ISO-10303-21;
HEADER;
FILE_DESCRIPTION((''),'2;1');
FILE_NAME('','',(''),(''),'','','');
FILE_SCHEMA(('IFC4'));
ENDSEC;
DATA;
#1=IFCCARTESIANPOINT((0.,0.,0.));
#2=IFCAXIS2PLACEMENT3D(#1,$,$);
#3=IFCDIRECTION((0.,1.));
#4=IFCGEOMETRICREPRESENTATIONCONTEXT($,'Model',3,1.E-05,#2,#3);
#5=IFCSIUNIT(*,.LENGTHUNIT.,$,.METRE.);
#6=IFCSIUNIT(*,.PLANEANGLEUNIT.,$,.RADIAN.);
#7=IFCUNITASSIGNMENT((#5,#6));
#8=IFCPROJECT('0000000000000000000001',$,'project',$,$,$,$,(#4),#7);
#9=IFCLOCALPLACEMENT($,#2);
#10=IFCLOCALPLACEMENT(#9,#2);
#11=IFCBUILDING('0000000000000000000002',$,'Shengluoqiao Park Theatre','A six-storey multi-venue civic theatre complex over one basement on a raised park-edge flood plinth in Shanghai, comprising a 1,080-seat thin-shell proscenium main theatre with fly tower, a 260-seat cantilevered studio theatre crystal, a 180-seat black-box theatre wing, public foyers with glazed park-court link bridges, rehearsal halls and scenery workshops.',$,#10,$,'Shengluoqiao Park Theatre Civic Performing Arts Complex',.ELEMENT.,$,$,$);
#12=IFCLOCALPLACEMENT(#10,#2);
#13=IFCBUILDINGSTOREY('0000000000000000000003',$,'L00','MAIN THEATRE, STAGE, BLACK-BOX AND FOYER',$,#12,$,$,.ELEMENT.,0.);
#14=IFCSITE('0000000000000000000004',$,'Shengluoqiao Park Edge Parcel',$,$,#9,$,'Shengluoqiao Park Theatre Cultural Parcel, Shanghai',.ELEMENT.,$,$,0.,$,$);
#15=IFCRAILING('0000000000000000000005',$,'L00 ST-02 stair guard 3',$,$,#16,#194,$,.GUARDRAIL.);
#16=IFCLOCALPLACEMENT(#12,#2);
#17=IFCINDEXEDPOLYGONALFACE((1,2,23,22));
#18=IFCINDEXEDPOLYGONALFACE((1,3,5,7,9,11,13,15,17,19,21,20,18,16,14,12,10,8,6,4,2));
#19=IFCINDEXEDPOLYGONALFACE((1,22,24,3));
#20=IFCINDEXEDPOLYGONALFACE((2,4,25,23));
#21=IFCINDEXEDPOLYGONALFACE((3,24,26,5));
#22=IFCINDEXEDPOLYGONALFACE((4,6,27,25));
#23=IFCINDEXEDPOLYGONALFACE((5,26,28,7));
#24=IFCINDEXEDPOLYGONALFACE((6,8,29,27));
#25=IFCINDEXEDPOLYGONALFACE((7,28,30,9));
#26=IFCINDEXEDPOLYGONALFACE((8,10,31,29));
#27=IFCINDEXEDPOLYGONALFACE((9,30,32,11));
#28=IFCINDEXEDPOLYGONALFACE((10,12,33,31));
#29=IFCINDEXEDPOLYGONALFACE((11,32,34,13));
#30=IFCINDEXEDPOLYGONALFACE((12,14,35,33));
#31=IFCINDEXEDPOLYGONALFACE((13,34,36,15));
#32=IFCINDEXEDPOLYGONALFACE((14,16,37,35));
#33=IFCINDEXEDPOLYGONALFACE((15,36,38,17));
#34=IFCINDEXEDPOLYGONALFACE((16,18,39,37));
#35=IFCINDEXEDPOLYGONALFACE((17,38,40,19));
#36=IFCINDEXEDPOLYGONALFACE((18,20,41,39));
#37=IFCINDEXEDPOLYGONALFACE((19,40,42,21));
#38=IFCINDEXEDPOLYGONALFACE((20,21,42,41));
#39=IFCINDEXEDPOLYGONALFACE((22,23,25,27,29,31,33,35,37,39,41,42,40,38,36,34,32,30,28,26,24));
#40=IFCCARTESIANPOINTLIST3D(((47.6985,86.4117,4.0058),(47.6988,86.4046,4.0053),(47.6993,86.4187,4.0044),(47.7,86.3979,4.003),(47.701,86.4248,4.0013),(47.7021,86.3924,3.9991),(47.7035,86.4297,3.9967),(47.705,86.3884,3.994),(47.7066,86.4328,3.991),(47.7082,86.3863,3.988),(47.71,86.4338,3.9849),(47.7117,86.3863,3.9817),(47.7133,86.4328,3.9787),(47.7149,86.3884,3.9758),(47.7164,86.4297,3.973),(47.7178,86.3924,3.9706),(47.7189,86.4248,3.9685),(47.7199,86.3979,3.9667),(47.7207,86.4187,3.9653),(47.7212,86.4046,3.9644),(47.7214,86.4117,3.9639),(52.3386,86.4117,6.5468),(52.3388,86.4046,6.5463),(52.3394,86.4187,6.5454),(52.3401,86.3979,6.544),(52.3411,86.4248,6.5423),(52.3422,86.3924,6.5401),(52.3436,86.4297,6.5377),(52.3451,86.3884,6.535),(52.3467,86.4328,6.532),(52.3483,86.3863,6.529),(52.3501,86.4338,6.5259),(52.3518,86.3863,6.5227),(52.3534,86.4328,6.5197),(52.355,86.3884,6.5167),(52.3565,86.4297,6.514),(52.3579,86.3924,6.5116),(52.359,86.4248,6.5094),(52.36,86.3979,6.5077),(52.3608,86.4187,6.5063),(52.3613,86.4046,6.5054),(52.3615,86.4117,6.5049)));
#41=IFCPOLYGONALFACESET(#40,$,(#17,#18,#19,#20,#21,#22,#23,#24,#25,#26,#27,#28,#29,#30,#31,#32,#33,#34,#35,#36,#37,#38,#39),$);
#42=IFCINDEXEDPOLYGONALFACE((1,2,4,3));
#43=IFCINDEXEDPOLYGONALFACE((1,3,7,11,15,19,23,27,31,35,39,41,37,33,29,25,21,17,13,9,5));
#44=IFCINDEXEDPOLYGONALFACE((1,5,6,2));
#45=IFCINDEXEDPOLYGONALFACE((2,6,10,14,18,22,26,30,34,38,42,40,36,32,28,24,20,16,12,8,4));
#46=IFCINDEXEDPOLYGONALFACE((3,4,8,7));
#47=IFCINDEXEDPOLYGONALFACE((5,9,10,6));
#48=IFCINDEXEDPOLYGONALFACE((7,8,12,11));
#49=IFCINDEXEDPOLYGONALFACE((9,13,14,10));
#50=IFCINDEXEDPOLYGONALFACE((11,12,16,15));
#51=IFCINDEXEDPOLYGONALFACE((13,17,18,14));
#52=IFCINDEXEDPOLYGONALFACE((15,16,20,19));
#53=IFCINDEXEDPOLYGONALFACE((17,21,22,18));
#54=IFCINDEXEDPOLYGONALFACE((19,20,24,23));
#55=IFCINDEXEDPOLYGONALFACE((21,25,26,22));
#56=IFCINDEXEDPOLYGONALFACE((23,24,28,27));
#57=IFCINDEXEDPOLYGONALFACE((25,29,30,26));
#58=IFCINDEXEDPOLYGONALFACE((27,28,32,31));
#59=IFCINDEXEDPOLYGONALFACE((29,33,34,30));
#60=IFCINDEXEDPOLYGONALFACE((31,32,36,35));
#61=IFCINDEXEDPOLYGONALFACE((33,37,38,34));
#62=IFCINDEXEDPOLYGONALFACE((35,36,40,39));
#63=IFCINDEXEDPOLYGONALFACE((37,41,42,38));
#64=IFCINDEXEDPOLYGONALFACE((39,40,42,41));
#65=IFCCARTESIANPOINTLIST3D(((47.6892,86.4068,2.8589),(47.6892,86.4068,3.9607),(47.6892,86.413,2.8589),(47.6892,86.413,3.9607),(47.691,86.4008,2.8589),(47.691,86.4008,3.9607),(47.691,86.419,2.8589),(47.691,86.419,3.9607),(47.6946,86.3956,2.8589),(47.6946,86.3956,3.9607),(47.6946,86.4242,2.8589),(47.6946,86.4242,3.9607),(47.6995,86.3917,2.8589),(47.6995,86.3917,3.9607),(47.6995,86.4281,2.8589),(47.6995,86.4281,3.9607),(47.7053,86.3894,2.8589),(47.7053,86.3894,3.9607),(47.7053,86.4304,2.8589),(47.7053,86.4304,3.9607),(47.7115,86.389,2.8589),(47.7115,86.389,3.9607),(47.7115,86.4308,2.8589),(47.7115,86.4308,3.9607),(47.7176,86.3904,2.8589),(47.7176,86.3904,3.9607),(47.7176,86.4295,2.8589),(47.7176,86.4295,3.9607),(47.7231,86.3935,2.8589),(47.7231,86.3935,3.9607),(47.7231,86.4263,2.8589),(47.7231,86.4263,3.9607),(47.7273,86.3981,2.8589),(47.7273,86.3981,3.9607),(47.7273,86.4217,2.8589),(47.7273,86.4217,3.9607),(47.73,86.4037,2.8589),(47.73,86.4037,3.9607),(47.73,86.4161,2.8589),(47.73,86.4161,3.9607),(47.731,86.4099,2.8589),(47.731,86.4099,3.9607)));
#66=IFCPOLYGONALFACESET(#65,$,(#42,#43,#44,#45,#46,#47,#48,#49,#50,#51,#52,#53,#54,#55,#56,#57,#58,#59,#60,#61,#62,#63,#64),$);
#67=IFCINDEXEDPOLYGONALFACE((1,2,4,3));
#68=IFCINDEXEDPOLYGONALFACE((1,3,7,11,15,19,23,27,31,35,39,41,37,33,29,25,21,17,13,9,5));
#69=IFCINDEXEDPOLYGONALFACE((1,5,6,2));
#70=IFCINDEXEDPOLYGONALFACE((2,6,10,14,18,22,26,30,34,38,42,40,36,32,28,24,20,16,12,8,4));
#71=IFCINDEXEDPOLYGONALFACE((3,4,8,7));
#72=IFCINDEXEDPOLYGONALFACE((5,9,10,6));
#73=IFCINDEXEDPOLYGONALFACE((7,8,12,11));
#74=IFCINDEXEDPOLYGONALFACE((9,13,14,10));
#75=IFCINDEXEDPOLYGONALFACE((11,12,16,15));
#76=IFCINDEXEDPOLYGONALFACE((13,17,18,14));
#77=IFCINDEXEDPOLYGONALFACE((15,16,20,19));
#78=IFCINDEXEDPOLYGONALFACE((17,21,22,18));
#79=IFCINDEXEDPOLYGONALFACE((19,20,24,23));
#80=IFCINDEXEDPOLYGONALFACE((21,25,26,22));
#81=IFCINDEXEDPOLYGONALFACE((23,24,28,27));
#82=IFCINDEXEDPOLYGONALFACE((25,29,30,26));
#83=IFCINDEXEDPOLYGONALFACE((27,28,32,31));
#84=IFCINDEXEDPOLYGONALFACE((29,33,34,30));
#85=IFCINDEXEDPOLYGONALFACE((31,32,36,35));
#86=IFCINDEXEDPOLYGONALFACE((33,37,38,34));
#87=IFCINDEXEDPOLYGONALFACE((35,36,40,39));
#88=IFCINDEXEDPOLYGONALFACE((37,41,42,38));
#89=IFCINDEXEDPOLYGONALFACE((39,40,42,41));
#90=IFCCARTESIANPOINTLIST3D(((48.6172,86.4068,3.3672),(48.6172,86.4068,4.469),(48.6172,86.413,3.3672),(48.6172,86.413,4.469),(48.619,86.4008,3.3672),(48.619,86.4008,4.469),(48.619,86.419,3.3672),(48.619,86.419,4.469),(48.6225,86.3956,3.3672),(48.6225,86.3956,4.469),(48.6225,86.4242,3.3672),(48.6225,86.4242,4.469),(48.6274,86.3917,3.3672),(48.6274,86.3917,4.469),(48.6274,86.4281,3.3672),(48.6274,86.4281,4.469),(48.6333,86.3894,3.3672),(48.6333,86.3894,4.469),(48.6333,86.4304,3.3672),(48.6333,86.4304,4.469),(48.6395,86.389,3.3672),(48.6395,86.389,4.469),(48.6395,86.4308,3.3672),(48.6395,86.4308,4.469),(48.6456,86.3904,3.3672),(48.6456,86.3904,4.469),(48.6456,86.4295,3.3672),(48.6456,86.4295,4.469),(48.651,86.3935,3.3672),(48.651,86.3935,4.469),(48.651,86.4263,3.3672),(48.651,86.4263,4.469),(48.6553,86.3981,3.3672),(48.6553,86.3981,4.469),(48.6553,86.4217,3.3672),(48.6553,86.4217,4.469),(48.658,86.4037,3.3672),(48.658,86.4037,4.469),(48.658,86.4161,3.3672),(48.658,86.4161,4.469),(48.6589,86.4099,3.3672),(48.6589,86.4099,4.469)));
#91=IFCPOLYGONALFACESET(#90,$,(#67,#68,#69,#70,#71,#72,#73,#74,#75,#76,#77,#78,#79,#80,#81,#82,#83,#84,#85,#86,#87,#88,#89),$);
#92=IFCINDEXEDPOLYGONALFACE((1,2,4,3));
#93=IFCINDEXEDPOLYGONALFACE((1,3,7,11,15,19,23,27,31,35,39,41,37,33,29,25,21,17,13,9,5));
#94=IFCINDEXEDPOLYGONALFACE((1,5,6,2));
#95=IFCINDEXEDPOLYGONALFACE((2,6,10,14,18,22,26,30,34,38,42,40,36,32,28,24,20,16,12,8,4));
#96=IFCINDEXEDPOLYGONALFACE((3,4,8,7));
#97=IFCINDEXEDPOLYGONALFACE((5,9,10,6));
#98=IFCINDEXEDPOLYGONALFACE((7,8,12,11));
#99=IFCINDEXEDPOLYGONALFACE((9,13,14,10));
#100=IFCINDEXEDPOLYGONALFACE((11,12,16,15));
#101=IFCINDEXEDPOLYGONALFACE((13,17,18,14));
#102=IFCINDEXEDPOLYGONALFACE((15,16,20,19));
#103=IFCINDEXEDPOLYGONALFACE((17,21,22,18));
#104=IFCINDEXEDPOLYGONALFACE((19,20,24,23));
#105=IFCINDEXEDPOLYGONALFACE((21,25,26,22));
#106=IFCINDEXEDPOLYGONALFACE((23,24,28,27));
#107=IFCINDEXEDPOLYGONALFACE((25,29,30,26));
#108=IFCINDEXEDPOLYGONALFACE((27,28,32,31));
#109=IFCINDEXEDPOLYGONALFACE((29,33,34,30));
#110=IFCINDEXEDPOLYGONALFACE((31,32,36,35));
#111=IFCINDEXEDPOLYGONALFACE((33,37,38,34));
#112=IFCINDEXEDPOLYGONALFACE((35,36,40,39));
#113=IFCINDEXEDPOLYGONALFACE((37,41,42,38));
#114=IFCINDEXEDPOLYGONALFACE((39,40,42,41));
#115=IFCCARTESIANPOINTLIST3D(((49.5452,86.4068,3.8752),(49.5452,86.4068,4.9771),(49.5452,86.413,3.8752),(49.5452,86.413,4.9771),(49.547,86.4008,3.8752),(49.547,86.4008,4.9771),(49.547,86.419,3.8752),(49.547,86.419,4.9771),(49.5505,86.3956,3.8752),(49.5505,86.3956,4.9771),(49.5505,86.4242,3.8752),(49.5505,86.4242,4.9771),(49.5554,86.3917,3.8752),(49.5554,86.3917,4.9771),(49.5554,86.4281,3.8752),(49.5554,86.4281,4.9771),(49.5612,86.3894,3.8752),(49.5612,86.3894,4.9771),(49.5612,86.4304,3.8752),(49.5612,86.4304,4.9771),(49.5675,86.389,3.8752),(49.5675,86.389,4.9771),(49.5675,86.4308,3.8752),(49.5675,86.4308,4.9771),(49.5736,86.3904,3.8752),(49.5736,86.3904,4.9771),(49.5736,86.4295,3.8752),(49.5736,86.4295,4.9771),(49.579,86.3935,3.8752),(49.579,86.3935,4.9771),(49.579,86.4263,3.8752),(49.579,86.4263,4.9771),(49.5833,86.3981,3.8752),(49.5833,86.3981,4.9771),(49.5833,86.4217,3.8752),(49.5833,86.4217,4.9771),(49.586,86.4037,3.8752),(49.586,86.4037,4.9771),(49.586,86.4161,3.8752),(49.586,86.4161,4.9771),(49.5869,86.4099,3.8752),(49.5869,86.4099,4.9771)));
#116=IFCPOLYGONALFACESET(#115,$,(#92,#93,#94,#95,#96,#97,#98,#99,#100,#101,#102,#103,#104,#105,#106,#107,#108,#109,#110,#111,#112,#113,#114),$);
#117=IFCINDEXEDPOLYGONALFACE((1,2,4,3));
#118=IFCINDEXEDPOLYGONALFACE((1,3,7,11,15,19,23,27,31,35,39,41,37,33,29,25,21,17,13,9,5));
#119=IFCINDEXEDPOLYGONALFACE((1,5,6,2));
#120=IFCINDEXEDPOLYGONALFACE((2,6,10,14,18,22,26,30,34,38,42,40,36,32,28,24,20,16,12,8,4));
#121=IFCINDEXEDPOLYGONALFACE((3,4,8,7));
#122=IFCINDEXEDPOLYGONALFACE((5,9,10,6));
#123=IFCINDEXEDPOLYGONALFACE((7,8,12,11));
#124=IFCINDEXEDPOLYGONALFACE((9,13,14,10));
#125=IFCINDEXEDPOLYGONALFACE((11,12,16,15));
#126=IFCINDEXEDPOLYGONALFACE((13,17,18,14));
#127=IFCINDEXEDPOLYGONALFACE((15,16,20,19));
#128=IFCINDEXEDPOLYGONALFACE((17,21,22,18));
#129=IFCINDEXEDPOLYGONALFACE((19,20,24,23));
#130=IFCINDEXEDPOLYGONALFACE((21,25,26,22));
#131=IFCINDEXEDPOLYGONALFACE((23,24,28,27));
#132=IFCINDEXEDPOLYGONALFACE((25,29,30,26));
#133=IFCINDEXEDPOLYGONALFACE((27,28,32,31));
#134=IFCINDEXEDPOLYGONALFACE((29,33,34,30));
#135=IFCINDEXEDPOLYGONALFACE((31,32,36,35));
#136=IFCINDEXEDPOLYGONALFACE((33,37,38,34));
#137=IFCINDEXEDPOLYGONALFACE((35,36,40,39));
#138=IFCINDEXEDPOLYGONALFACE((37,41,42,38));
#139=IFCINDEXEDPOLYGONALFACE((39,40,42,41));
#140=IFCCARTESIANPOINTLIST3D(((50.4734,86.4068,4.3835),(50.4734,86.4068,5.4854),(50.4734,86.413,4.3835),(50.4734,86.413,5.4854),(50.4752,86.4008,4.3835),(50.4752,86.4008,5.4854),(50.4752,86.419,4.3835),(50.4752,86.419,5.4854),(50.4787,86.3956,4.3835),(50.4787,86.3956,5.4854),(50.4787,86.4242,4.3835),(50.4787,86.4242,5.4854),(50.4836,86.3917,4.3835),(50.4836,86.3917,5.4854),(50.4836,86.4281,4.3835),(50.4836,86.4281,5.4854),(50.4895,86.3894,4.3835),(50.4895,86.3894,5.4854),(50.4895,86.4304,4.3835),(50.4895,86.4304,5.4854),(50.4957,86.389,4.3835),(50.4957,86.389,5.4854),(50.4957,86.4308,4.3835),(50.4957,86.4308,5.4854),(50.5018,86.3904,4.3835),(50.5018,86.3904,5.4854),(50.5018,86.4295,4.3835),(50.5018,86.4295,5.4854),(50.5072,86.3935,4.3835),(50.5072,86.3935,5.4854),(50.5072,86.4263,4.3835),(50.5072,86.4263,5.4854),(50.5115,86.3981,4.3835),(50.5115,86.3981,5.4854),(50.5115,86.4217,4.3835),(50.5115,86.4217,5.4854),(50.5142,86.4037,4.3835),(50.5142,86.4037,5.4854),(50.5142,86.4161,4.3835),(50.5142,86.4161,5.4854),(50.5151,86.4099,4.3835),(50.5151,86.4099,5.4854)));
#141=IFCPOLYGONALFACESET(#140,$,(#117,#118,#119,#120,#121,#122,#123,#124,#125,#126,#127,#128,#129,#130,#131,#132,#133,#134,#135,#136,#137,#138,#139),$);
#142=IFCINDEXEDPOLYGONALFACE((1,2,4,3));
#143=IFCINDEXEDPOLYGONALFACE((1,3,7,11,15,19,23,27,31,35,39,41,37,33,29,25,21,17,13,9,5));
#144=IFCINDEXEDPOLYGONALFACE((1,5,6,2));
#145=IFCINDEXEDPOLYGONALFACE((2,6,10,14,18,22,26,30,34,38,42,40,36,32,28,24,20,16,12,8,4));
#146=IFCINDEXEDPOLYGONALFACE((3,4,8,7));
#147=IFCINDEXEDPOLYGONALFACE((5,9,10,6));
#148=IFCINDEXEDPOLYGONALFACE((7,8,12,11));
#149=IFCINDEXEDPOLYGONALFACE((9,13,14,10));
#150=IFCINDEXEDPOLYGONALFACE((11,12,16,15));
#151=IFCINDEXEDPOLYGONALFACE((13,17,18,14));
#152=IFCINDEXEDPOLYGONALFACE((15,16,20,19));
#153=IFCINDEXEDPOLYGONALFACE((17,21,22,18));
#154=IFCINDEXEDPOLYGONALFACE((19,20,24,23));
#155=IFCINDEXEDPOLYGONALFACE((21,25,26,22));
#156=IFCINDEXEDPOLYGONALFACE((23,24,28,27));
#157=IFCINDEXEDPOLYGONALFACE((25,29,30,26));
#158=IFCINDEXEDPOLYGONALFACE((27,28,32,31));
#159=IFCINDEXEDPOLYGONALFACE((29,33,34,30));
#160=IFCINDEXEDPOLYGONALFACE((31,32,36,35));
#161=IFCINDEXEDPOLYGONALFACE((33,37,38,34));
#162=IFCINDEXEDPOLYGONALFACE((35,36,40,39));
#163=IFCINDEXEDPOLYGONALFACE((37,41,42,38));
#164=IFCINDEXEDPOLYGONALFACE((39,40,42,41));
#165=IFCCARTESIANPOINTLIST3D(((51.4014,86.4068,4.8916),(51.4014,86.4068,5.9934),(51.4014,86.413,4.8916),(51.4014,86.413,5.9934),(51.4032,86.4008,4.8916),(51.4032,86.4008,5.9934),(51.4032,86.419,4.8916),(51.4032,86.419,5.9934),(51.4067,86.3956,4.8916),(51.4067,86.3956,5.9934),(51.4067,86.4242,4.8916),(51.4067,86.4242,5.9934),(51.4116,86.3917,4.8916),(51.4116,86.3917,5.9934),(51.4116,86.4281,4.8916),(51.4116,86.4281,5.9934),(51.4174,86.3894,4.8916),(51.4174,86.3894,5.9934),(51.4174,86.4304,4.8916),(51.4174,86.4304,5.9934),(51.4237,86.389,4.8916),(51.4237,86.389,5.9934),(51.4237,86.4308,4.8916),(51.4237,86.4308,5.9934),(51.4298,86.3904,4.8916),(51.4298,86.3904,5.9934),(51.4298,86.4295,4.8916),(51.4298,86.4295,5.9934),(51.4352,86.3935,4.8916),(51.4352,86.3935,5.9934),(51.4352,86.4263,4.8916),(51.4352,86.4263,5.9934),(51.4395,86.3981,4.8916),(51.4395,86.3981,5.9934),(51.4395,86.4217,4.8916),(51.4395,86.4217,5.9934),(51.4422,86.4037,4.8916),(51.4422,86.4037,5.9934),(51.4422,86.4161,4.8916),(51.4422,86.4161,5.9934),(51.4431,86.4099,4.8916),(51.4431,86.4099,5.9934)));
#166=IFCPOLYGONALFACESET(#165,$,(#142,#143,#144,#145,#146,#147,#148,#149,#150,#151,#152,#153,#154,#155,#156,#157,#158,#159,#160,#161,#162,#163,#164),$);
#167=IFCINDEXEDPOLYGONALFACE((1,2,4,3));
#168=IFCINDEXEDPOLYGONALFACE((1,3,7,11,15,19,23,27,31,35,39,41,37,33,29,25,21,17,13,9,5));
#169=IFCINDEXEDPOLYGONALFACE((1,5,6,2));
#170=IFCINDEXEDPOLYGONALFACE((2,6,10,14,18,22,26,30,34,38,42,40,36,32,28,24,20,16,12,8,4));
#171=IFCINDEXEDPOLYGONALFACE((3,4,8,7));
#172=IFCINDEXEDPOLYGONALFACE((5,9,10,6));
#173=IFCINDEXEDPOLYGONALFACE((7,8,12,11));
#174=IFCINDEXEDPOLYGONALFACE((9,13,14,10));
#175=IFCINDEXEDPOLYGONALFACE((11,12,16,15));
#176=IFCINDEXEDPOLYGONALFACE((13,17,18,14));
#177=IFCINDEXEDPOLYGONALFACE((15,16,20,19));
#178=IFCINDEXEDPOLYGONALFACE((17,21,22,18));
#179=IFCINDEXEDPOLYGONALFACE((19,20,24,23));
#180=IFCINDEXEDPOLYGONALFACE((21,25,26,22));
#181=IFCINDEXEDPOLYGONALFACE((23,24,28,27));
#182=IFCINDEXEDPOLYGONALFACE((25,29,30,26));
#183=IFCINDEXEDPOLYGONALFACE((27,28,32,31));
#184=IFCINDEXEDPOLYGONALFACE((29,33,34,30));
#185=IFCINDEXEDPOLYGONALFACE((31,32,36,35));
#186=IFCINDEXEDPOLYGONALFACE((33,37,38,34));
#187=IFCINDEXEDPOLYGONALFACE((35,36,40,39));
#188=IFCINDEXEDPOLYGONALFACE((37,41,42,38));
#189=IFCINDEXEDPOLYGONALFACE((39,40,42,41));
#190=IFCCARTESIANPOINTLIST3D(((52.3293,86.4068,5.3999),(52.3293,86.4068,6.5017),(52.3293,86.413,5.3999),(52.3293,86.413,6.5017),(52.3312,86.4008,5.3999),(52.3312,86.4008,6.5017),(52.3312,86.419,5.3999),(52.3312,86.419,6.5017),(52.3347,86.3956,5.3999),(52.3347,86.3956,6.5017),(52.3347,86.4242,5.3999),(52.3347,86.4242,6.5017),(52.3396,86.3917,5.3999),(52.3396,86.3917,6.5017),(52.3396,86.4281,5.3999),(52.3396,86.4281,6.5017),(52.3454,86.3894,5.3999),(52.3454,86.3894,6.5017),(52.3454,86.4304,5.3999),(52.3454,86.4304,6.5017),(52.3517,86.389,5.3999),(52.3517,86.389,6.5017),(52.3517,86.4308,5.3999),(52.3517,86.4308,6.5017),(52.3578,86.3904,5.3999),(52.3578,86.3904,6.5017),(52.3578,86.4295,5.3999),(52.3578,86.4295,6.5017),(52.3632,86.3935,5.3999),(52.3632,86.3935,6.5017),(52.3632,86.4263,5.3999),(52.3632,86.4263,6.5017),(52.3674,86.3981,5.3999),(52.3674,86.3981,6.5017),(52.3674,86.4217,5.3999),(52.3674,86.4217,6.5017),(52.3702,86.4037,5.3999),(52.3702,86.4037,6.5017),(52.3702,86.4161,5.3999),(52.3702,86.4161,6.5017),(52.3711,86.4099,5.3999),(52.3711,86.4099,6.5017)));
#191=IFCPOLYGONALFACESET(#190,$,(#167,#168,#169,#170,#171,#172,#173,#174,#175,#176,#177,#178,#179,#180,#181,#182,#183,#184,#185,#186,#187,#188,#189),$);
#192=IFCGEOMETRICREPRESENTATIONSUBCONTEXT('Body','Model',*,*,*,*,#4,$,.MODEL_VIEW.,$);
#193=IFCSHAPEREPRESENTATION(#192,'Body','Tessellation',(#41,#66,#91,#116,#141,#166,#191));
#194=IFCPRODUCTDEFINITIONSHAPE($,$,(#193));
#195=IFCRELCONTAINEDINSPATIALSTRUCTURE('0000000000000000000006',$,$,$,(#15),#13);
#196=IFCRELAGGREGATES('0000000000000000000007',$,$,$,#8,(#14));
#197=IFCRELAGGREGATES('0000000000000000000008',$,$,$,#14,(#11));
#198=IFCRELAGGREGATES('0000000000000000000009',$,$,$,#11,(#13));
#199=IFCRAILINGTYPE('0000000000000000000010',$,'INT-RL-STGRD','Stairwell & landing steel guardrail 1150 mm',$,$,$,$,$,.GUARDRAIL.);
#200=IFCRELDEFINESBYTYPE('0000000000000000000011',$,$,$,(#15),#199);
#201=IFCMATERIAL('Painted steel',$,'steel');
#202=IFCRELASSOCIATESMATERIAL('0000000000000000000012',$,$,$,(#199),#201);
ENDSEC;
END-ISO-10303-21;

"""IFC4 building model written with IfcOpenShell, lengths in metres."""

from ifc_helpers import new_model, si_unit, direction, frame, origin, origin_2d, place, context, subcontext, project, spatial, circle, extrude, material, type_object, element, save


model = new_model("IFC4")

# Units and contexts
model_context = context("Model", 3, precision=1e-05, world=origin(), true_north=direction((0.0, 1.0)))
body_context = subcontext(model_context, "Body", "Model", "MODEL_VIEW")
ifc_project = project(units=[si_unit("LENGTHUNIT", "METRE"), si_unit("PLANEANGLEUNIT", "RADIAN")], contexts=[model_context])

# Site, building, storey
site_placement = place(None, origin())
site = spatial("IfcSite", under=ifc_project, at=site_placement, Name="Shengluoqiao Park Edge Parcel", LongName="Shengluoqiao Park Theatre Cultural Parcel, Shanghai", CompositionType="ELEMENT", RefElevation=0.0)
building_placement = place(site_placement, origin())
building = spatial("IfcBuilding", under=site, at=building_placement, Name="Shengluoqiao Park Theatre", Description="A six-storey multi-venue civic theatre complex over one basement on a raised park-edge flood plinth in Shanghai, comprising a 1,080-seat thin-shell proscenium main theatre with fly tower, a 260-seat cantilevered studio theatre crystal, a 180-seat black-box theatre wing, public foyers with glazed park-court link bridges, rehearsal halls and scenery workshops.", LongName="Shengluoqiao Park Theatre Civic Performing Arts Complex", CompositionType="ELEMENT")
storey_placement = place(building_placement, origin())
storey = spatial("IfcBuildingStorey", under=building, at=storey_placement, Name="L00", Description="MAIN THEATRE, STAGE, BLACK-BOX AND FOYER", CompositionType="ELEMENT", Elevation=0.0)

# Railing
ifc_material_1 = material(Name="Painted steel", Category="steel")
railing_type_1 = type_object("IfcRailingType", Name="INT-RL-STGRD", Description="Stairwell & landing steel guardrail 1150 mm", PredefinedType="GUARDRAIL", material=ifc_material_1)
railing_1_placement = place(storey_placement, frame((47.71, 86.4099, 2.8589)))
element("IfcRailing", 1, at=railing_1_placement, inside=storey, type_object=railing_type_1, Name="L00 ST-02 stair guard 3", PredefinedType="GUARDRAIL", context=body_context, shape_type="SweptSolid", body=[
    extrude(circle(Radius=0.0239, at=origin_2d()), frame((0.0, 0.0, 1.126), z_axis=(0.877097, 0.0, 0.480313), x_axis=(0.0, 1.0, 0.0)), (0.0, 0.0, 1.0), 5.2903),
    extrude(circle(Radius=0.021, at=origin_2d()), origin(), (0.0, 0.0, 1.0), 1.1018),
    extrude(circle(Radius=0.021, at=origin_2d()), frame((0.928, 0.0, 0.5083)), (0.0, 0.0, 1.0), 1.1018),
    extrude(circle(Radius=0.021, at=origin_2d()), frame((1.856, 0.0, 1.0164)), (0.0, 0.0, 1.0), 1.1018),
    extrude(circle(Radius=0.021, at=origin_2d()), frame((2.7842, 0.0, 1.5247)), (0.0, 0.0, 1.0), 1.1018),
    extrude(circle(Radius=0.021, at=origin_2d()), frame((3.7122, 0.0, 2.0327)), (0.0, 0.0, 1.0), 1.1018),
    extrude(circle(Radius=0.021, at=origin_2d()), frame((4.6401, 0.0, 2.541)), (0.0, 0.0, 1.0), 1.1018),
])

save(model, "model.ifc")
